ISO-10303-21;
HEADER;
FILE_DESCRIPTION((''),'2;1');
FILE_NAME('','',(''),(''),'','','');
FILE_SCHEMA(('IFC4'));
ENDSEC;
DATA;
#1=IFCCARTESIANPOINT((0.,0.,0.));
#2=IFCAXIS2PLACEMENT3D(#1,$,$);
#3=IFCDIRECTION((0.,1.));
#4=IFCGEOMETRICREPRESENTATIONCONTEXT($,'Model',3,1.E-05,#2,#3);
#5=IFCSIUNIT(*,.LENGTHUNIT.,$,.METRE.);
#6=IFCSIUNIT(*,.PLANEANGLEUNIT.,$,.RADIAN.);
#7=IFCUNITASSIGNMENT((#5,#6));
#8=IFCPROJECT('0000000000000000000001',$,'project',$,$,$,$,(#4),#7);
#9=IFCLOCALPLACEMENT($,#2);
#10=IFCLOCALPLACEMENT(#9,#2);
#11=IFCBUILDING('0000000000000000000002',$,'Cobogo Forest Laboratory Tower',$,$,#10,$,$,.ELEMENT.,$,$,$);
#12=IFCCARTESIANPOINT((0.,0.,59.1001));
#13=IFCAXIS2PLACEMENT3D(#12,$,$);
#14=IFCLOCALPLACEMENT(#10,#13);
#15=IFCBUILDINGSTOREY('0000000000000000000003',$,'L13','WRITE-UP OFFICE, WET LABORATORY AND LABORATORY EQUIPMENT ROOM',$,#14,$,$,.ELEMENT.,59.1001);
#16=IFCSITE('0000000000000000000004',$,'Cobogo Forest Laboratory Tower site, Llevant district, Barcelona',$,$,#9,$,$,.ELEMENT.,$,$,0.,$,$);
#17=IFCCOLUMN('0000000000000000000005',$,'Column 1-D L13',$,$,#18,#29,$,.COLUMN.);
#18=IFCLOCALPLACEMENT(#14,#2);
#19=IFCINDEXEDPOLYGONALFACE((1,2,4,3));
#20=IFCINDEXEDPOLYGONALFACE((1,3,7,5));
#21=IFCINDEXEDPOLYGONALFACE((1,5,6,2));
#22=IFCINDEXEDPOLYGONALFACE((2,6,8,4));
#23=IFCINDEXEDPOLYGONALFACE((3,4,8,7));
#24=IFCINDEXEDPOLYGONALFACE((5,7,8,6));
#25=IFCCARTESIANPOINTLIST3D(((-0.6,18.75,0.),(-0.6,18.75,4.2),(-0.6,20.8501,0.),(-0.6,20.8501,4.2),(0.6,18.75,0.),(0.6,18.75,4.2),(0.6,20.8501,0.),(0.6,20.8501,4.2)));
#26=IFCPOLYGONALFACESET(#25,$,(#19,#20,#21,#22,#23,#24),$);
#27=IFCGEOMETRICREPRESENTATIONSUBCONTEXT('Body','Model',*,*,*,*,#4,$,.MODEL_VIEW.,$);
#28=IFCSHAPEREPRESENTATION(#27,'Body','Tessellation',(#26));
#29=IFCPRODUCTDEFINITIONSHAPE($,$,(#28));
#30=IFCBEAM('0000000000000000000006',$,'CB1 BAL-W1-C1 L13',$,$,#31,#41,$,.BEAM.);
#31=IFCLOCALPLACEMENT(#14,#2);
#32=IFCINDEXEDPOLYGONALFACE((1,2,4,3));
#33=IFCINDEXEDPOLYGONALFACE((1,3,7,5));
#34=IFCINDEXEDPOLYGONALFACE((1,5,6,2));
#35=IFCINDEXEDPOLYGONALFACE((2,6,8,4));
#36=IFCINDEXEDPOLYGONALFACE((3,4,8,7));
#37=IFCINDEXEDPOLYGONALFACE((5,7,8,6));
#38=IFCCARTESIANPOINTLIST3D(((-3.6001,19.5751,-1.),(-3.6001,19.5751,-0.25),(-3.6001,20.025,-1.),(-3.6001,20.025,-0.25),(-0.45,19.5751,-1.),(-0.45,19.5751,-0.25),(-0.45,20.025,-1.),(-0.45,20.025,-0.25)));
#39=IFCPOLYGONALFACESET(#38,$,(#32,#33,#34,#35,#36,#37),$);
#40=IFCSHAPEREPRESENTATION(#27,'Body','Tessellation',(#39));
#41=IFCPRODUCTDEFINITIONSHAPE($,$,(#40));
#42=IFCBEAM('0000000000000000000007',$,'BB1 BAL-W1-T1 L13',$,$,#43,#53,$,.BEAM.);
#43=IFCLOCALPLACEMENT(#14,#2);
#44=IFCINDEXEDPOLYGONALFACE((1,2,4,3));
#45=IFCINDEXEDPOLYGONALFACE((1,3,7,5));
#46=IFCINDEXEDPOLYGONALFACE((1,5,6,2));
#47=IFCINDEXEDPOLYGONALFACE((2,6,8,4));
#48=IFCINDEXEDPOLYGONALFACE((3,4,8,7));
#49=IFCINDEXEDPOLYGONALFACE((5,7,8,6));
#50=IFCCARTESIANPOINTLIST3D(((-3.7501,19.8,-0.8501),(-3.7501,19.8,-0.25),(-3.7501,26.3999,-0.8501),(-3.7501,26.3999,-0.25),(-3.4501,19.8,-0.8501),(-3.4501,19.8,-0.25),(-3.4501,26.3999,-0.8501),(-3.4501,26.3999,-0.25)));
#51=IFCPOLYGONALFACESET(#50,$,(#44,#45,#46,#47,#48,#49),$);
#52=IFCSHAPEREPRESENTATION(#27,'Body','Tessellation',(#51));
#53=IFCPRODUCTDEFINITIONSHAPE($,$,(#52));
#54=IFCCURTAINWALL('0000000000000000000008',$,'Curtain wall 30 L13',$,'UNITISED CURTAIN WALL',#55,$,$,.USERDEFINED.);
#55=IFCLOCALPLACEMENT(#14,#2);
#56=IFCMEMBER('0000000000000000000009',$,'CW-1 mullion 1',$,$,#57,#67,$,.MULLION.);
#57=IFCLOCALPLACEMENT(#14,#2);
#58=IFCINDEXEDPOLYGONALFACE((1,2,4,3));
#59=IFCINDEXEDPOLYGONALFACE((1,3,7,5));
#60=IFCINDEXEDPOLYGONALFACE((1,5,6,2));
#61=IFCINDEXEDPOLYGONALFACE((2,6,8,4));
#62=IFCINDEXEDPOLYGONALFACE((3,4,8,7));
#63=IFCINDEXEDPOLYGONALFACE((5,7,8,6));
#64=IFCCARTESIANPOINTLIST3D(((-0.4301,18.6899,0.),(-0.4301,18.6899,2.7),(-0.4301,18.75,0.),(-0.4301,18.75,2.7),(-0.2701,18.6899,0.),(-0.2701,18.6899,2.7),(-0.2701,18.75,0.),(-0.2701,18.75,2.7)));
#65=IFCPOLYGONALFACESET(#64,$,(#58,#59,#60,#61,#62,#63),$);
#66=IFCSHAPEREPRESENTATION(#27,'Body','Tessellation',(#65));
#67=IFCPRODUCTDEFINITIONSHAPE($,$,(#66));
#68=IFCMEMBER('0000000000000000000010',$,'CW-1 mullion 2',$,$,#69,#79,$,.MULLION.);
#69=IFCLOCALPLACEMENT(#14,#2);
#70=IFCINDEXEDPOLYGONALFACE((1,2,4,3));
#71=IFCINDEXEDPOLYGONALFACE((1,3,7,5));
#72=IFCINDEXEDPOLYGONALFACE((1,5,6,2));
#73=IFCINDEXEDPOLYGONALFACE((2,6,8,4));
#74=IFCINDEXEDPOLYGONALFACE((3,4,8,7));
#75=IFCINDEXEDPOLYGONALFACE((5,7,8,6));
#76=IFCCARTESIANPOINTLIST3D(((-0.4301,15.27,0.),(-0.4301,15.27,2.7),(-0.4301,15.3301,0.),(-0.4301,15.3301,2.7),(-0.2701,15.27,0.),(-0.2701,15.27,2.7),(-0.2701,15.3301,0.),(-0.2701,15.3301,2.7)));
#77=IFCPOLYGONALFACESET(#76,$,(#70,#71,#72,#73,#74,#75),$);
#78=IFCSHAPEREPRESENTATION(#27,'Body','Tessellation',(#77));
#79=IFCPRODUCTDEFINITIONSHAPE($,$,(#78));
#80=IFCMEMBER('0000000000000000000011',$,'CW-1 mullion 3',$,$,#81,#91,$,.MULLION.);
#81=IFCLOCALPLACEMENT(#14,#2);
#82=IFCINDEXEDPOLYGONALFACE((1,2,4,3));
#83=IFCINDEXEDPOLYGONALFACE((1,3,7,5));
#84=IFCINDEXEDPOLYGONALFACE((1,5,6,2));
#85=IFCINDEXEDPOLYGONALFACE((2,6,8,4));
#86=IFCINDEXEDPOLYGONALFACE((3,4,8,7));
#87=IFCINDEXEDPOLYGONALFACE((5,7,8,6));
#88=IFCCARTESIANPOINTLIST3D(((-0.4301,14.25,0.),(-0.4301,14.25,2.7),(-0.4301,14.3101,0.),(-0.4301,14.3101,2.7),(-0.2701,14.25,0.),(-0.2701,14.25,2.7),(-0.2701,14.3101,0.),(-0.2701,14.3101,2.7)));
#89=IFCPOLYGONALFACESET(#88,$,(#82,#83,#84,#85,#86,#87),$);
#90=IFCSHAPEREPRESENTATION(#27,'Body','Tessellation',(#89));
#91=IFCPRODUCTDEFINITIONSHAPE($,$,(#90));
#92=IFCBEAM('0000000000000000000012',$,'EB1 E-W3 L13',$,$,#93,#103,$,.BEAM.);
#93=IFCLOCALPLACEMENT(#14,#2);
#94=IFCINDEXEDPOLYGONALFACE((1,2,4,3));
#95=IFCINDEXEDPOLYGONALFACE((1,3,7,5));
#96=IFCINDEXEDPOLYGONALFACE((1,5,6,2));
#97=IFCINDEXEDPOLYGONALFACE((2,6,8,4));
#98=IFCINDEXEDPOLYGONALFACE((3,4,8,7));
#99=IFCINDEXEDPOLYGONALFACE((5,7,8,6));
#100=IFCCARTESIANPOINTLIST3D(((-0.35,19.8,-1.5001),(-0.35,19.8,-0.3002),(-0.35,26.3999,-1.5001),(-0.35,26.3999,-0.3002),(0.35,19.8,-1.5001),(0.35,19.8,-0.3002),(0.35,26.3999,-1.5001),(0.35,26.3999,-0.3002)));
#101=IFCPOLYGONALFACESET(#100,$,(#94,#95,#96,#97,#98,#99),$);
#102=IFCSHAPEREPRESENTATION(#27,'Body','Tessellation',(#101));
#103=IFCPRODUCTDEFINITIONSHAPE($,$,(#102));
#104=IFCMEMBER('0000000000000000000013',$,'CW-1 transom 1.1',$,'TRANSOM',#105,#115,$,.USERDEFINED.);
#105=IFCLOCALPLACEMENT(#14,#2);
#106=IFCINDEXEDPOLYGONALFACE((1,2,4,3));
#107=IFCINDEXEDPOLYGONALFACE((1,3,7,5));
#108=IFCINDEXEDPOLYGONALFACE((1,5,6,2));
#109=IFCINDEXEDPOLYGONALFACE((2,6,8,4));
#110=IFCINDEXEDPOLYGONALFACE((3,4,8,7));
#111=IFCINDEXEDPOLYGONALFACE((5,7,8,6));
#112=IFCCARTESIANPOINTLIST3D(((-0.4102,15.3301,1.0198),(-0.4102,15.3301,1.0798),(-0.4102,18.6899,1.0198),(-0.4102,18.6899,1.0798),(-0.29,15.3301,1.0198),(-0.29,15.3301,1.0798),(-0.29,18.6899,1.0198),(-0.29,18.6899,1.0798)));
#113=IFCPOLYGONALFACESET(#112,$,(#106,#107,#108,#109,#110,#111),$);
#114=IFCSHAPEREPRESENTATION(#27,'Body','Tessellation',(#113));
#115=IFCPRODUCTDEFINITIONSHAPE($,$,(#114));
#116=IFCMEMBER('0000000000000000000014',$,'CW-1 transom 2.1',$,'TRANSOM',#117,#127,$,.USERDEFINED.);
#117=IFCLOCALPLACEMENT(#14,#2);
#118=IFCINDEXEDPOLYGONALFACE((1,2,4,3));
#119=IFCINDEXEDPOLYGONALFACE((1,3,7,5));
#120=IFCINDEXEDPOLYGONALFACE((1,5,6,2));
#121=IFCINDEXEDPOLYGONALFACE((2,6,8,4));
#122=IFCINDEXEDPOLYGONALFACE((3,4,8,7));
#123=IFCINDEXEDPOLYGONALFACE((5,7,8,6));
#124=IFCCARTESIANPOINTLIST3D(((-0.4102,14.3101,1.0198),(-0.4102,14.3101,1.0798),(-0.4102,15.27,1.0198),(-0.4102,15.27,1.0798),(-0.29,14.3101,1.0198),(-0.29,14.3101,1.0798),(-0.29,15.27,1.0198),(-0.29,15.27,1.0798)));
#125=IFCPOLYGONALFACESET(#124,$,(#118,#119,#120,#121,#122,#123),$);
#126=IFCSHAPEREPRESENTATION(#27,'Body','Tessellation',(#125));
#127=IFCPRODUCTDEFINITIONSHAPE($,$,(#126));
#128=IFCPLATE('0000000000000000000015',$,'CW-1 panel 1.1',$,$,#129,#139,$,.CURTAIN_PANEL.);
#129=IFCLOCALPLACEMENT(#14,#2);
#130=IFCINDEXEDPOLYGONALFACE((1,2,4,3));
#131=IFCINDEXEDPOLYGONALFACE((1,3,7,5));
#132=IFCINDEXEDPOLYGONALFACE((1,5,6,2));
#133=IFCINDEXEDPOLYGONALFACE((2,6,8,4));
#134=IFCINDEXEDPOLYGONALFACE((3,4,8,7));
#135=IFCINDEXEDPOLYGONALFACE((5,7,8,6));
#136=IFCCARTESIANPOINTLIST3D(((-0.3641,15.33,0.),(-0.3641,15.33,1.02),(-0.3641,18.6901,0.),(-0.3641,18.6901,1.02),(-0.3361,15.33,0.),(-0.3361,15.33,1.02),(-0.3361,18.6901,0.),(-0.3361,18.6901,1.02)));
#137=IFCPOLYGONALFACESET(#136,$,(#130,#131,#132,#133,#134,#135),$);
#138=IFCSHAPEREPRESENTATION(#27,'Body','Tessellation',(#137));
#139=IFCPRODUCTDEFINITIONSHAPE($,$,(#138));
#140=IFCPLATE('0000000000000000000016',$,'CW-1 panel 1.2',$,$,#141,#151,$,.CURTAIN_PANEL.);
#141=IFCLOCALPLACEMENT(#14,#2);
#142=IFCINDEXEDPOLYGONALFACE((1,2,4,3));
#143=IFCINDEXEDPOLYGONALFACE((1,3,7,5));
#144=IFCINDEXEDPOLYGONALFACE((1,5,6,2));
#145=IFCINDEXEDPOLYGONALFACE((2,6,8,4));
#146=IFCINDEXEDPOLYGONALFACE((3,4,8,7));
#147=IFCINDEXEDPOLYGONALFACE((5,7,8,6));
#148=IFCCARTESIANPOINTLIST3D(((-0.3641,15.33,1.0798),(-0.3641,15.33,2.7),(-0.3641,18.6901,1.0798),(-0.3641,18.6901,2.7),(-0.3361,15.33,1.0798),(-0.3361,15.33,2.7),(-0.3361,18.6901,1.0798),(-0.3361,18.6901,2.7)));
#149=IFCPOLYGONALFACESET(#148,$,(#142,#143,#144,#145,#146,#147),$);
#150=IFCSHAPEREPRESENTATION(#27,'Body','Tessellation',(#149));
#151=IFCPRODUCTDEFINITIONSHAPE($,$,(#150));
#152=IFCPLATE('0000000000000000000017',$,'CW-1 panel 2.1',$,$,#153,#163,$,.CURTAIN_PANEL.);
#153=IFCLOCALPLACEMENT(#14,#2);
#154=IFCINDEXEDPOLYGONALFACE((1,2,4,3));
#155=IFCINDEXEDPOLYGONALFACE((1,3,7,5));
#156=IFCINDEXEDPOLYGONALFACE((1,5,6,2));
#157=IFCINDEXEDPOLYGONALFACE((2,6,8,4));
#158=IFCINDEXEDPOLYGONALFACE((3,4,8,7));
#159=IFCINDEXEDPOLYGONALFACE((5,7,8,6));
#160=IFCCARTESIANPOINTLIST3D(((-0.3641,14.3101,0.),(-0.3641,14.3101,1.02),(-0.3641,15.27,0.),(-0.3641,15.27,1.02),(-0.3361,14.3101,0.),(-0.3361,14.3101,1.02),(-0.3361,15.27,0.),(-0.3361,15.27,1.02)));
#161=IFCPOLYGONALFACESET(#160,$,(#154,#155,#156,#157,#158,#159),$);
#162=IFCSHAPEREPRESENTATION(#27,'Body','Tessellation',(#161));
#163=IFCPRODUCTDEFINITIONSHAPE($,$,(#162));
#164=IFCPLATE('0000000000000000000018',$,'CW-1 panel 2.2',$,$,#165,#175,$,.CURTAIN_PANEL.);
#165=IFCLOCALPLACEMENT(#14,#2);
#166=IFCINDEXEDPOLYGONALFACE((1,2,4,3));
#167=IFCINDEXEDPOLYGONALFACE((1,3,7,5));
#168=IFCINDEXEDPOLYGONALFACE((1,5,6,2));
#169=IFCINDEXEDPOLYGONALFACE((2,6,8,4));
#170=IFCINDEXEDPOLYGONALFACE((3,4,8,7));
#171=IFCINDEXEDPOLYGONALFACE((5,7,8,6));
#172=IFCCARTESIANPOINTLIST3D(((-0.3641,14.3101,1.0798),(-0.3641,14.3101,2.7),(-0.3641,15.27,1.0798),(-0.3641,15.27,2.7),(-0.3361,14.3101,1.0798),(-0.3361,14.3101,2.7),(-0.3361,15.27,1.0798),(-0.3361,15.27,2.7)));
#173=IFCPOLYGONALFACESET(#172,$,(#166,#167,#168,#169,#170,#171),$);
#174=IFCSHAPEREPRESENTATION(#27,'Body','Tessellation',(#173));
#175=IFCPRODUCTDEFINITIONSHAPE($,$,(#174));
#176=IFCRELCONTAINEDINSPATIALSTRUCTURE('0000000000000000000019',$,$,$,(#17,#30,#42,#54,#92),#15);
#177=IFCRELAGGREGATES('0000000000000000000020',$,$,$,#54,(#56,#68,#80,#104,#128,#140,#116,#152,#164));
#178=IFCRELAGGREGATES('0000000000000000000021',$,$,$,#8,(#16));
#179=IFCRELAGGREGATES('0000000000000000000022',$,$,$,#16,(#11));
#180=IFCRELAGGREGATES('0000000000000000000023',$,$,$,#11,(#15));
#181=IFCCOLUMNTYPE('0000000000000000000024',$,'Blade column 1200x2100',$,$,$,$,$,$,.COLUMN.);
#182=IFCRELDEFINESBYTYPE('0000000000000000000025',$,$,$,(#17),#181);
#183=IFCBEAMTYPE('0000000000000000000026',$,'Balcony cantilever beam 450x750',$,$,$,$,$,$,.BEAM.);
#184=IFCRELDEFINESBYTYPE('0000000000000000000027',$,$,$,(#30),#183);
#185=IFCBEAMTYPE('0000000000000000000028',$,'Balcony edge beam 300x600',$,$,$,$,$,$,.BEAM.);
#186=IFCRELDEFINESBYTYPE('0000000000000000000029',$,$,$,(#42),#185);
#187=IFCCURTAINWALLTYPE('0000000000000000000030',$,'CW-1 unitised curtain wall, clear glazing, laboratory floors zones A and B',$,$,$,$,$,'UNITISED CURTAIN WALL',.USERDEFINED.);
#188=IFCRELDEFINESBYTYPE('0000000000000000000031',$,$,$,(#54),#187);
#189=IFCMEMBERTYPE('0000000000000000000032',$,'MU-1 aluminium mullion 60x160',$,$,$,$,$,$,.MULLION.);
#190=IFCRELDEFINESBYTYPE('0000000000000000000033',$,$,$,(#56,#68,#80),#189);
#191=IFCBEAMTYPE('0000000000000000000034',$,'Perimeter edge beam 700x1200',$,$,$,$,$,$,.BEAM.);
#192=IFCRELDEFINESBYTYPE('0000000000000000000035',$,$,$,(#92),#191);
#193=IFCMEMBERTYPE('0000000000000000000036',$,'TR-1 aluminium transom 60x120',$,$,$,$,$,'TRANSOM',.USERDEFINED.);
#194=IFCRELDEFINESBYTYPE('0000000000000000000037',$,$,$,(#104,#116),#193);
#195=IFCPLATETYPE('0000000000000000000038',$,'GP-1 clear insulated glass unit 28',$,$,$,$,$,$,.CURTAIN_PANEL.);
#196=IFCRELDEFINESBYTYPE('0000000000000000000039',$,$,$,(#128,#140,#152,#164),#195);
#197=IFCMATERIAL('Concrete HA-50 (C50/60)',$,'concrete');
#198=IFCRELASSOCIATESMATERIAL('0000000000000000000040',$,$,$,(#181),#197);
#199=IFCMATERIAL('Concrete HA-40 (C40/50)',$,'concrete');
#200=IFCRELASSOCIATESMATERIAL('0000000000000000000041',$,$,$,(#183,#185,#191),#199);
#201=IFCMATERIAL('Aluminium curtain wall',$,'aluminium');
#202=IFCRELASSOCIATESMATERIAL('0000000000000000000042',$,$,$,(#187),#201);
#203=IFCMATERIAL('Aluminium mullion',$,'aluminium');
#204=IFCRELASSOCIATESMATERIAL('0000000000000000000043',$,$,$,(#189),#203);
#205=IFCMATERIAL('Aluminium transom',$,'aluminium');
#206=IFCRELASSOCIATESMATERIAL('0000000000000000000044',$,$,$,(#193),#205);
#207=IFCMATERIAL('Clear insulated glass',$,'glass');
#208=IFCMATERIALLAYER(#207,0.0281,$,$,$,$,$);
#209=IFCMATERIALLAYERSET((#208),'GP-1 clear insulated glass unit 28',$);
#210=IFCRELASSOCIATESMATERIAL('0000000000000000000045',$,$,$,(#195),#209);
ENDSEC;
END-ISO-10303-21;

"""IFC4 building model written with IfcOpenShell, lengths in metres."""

from ifc_helpers import new_model, si_unit, direction, frame, origin, origin_2d, place, context, subcontext, project, spatial, rectangle, extrude, material, layer, layer_set, material_profile, profile_set, type_object, element, aggregate, save


model = new_model("IFC4")

# Units and contexts
model_context = context("Model", 3, precision=1e-05, world=origin(), true_north=direction((0.0, 1.0)))
body_context = subcontext(model_context, "Body", "Model", "MODEL_VIEW")
ifc_project = project(units=[si_unit("LENGTHUNIT", "METRE"), si_unit("PLANEANGLEUNIT", "RADIAN")], contexts=[model_context])

# Site, building, storey
site_placement = place(None, origin())
site = spatial("IfcSite", under=ifc_project, at=site_placement, Name="Cobogo Forest Laboratory Tower site, Llevant district, Barcelona", CompositionType="ELEMENT", RefElevation=0.0)
building_placement = place(site_placement, origin())
building = spatial("IfcBuilding", under=site, at=building_placement, Name="Cobogo Forest Laboratory Tower", CompositionType="ELEMENT")
storey_placement = place(building_placement, frame((0.0, 0.0, 59.1001)))
storey = spatial("IfcBuildingStorey", under=building, at=storey_placement, Name="L13", Description="WRITE-UP OFFICE, WET LABORATORY AND LABORATORY EQUIPMENT ROOM", CompositionType="ELEMENT", Elevation=59.1001)

# Column
ifc_material_1 = material(Name="Concrete HA-50 (C50/60)", Category="concrete")
ifc_material_profile_1 = material_profile(ifc_material_1, rectangle(XDim=2.1001, YDim=1.2, at=origin_2d()), Name="RC 1200x2100")
ifc_profile_set_1 = profile_set([ifc_material_profile_1], Name="Concrete HA-50 (C50/60)")
column_type = type_object("IfcColumnType", Name="Blade column 1200x2100", PredefinedType="COLUMN", material=ifc_profile_set_1)
column_placement = place(storey_placement, frame((0.0, 19.8, 0.0), z_axis=(0.0, 0.0, 1.0), x_axis=(0.0, 1.0, 0.0)))
element("IfcColumn", 1, at=column_placement, inside=storey, type_object=column_type, Name="Column 1-D L13", PredefinedType="COLUMN", context=body_context, shape_type="SweptSolid", body=[
    extrude(rectangle(XDim=2.1001, YDim=1.2, at=origin_2d()), origin(), (0.0, 0.0, 1.0), 4.2),
])

# Beams
ifc_material_2 = material(Name="Concrete HA-40 (C40/50)", Category="concrete")
ifc_material_profile_2 = material_profile(ifc_material_2, rectangle(XDim=0.45, YDim=0.75, at=origin_2d()), Name="RC 450x750")
ifc_profile_set_2 = profile_set([ifc_material_profile_2], Name="Concrete HA-40 (C40/50)")
beam_type_1 = type_object("IfcBeamType", Name="Balcony cantilever beam 450x750", PredefinedType="BEAM", material=ifc_profile_set_2)
beam_1_placement = place(storey_placement, frame((-0.45, 19.8, -0.625), z_axis=(-1.0, 0.0, 0.0), x_axis=(0.0, -1.0, 0.0)))
element("IfcBeam", 2, at=beam_1_placement, inside=storey, type_object=beam_type_1, Name="CB1 BAL-W1-C1 L13", PredefinedType="BEAM", context=body_context, shape_type="SweptSolid", body=[
    extrude(rectangle(XDim=0.45, YDim=0.75, at=origin_2d()), origin(), (0.0, 0.0, 1.0), 3.1501),
])
ifc_material_profile_3 = material_profile(ifc_material_2, rectangle(XDim=0.3, YDim=0.6001, at=origin_2d()), Name="RC 300x600")
ifc_profile_set_3 = profile_set([ifc_material_profile_3], Name="Concrete HA-40 (C40/50)")
beam_type_2 = type_object("IfcBeamType", Name="Balcony edge beam 300x600", PredefinedType="BEAM", material=ifc_profile_set_3)
beam_2_placement = place(storey_placement, frame((-3.6001, 19.8, -0.55), z_axis=(0.0, 1.0, 0.0), x_axis=(-1.0, 0.0, 0.0)))
element("IfcBeam", 3, at=beam_2_placement, inside=storey, type_object=beam_type_2, Name="BB1 BAL-W1-T1 L13", PredefinedType="BEAM", context=body_context, shape_type="SweptSolid", body=[
    extrude(rectangle(XDim=0.3, YDim=0.6001, at=origin_2d()), origin(), (0.0, 0.0, 1.0), 6.5999),
])

# Curtain wall, members
ifc_material_3 = material(Name="Aluminium curtain wall", Category="aluminium")
curtain_wall_type = type_object("IfcCurtainWallType", Name="CW-1 unitised curtain wall, clear glazing, laboratory floors zones A and B", ElementType="UNITISED CURTAIN WALL", PredefinedType="USERDEFINED", material=ifc_material_3)
curtain_wall_placement = place(storey_placement, origin())
curtain_wall = element("IfcCurtainWall", 4, at=curtain_wall_placement, inside=storey, type_object=curtain_wall_type, Name="Curtain wall 30 L13", ObjectType="UNITISED CURTAIN WALL", PredefinedType="USERDEFINED")
ifc_material_4 = material(Name="Aluminium mullion", Category="aluminium")
ifc_material_profile_4 = material_profile(ifc_material_4, rectangle(XDim=0.0601, YDim=0.1599, at=origin_2d()), Name="AL 60x160")
ifc_profile_set_4 = profile_set([ifc_material_profile_4], Name="Aluminium mullion")
member_type_1 = type_object("IfcMemberType", Name="MU-1 aluminium mullion 60x160", PredefinedType="MULLION", material=ifc_profile_set_4)
member_1_placement = place(storey_placement, frame((-0.3501, 18.72, 0.0), z_axis=(0.0, 0.0, 1.0), x_axis=(0.0, -1.0, 0.0)))
member_1 = element("IfcMember", 5, at=member_1_placement, type_object=member_type_1, Name="CW-1 mullion 1", PredefinedType="MULLION", context=body_context, shape_type="SweptSolid", body=[
    extrude(rectangle(XDim=0.0601, YDim=0.1599, at=origin_2d()), origin(), (0.0, 0.0, 1.0), 2.7),
])
member_2_placement = place(storey_placement, frame((-0.3501, 15.3, 0.0), z_axis=(0.0, 0.0, 1.0), x_axis=(0.0, -1.0, 0.0)))
member_2 = element("IfcMember", 6, at=member_2_placement, type_object=member_type_1, Name="CW-1 mullion 2", PredefinedType="MULLION", context=body_context, shape_type="SweptSolid", body=[
    extrude(rectangle(XDim=0.0601, YDim=0.1599, at=origin_2d()), origin(), (0.0, 0.0, 1.0), 2.7),
])
member_3_placement = place(storey_placement, frame((-0.3501, 14.28, 0.0), z_axis=(0.0, 0.0, 1.0), x_axis=(0.0, -1.0, 0.0)))
member_3 = element("IfcMember", 7, at=member_3_placement, type_object=member_type_1, Name="CW-1 mullion 3", PredefinedType="MULLION", context=body_context, shape_type="SweptSolid", body=[
    extrude(rectangle(XDim=0.0601, YDim=0.1599, at=origin_2d()), origin(), (0.0, 0.0, 1.0), 2.7),
])

# Beam
ifc_material_profile_5 = material_profile(ifc_material_2, rectangle(XDim=0.7, YDim=1.2, at=origin_2d()), Name="RC 700x1200")
ifc_profile_set_5 = profile_set([ifc_material_profile_5], Name="Concrete HA-40 (C40/50)")
beam_type_3 = type_object("IfcBeamType", Name="Perimeter edge beam 700x1200", PredefinedType="BEAM", material=ifc_profile_set_5)
beam_3_placement = place(storey_placement, frame((0.0, 19.8, -0.9001), z_axis=(0.0, 1.0, 0.0), x_axis=(-1.0, 0.0, 0.0)))
element("IfcBeam", 8, at=beam_3_placement, inside=storey, type_object=beam_type_3, Name="EB1 E-W3 L13", PredefinedType="BEAM", context=body_context, shape_type="SweptSolid", body=[
    extrude(rectangle(XDim=0.7, YDim=1.2, at=origin_2d()), origin(), (0.0, 0.0, 1.0), 6.5999),
])

# Members
ifc_material_5 = material(Name="Aluminium transom", Category="aluminium")
ifc_material_profile_6 = material_profile(ifc_material_5, rectangle(XDim=0.1201, YDim=0.0601, at=origin_2d()), Name="AL 60x120")
ifc_profile_set_6 = profile_set([ifc_material_profile_6], Name="Aluminium transom")
member_type_2 = type_object("IfcMemberType", Name="TR-1 aluminium transom 60x120", ElementType="TRANSOM", PredefinedType="USERDEFINED", material=ifc_profile_set_6)
member_4_placement = place(storey_placement, frame((-0.3501, 18.6899, 1.0498), z_axis=(0.0, -1.0, 0.0), x_axis=(1.0, 0.0, 0.0)))
member_4 = element("IfcMember", 9, at=member_4_placement, type_object=member_type_2, Name="CW-1 transom 1.1", ObjectType="TRANSOM", PredefinedType="USERDEFINED", context=body_context, shape_type="SweptSolid", body=[
    extrude(rectangle(XDim=0.1201, YDim=0.0601, at=origin_2d()), origin(), (0.0, 0.0, 1.0), 3.3599),
])
member_5_placement = place(storey_placement, frame((-0.3501, 15.27, 1.0498), z_axis=(0.0, -1.0, 0.0), x_axis=(1.0, 0.0, 0.0)))
member_5 = element("IfcMember", 10, at=member_5_placement, type_object=member_type_2, Name="CW-1 transom 2.1", ObjectType="TRANSOM", PredefinedType="USERDEFINED", context=body_context, shape_type="SweptSolid", body=[
    extrude(rectangle(XDim=0.1201, YDim=0.0601, at=origin_2d()), origin(), (0.0, 0.0, 1.0), 0.96),
])

# Plates
ifc_material_6 = material(Name="Clear insulated glass", Category="glass")
ifc_layer_1 = layer(ifc_material_6, 0.0281)
ifc_layer_set_1 = layer_set([ifc_layer_1], Name="GP-1 clear insulated glass unit 28")
plate_type_1 = type_object("IfcPlateType", Name="GP-1 clear insulated glass unit 28", PredefinedType="CURTAIN_PANEL", material=ifc_layer_set_1)
plate_1_placement = place(storey_placement, frame((-0.3501, 17.01, 0.0), z_axis=(0.0, 0.0, 1.0), x_axis=(0.0, -1.0, 0.0)))
plate_1 = element("IfcPlate", 11, at=plate_1_placement, type_object=plate_type_1, Name="CW-1 panel 1.1", PredefinedType="CURTAIN_PANEL", context=body_context, shape_type="SweptSolid", body=[
    extrude(rectangle(XDim=3.3601, YDim=0.0281, at=origin_2d()), origin(), (0.0, 0.0, 1.0), 1.02),
])
plate_2_placement = place(storey_placement, frame((-0.3501, 17.01, 1.0798), z_axis=(0.0, 0.0, 1.0), x_axis=(0.0, -1.0, 0.0)))
plate_2 = element("IfcPlate", 12, at=plate_2_placement, type_object=plate_type_1, Name="CW-1 panel 1.2", PredefinedType="CURTAIN_PANEL", context=body_context, shape_type="SweptSolid", body=[
    extrude(rectangle(XDim=3.3601, YDim=0.0281, at=origin_2d()), origin(), (0.0, 0.0, 1.0), 1.6201),
])
plate_3_placement = place(storey_placement, frame((-0.3501, 14.79, 0.0), z_axis=(0.0, 0.0, 1.0), x_axis=(0.0, -1.0, 0.0)))
plate_3 = element("IfcPlate", 13, at=plate_3_placement, type_object=plate_type_1, Name="CW-1 panel 2.1", PredefinedType="CURTAIN_PANEL", context=body_context, shape_type="SweptSolid", body=[
    extrude(rectangle(XDim=0.96, YDim=0.0281, at=origin_2d()), origin(), (0.0, 0.0, 1.0), 1.02),
])
plate_4_placement = place(storey_placement, frame((-0.3501, 14.79, 1.0798), z_axis=(0.0, 0.0, 1.0), x_axis=(0.0, -1.0, 0.0)))
plate_4 = element("IfcPlate", 14, at=plate_4_placement, type_object=plate_type_1, Name="CW-1 panel 2.2", PredefinedType="CURTAIN_PANEL", context=body_context, shape_type="SweptSolid", body=[
    extrude(rectangle(XDim=0.96, YDim=0.0281, at=origin_2d()), origin(), (0.0, 0.0, 1.0), 1.6201),
])
aggregate(curtain_wall, [member_1, member_2, member_3, member_4, plate_1, plate_2, member_5, plate_3, plate_4])

save(model, "model.ifc")
